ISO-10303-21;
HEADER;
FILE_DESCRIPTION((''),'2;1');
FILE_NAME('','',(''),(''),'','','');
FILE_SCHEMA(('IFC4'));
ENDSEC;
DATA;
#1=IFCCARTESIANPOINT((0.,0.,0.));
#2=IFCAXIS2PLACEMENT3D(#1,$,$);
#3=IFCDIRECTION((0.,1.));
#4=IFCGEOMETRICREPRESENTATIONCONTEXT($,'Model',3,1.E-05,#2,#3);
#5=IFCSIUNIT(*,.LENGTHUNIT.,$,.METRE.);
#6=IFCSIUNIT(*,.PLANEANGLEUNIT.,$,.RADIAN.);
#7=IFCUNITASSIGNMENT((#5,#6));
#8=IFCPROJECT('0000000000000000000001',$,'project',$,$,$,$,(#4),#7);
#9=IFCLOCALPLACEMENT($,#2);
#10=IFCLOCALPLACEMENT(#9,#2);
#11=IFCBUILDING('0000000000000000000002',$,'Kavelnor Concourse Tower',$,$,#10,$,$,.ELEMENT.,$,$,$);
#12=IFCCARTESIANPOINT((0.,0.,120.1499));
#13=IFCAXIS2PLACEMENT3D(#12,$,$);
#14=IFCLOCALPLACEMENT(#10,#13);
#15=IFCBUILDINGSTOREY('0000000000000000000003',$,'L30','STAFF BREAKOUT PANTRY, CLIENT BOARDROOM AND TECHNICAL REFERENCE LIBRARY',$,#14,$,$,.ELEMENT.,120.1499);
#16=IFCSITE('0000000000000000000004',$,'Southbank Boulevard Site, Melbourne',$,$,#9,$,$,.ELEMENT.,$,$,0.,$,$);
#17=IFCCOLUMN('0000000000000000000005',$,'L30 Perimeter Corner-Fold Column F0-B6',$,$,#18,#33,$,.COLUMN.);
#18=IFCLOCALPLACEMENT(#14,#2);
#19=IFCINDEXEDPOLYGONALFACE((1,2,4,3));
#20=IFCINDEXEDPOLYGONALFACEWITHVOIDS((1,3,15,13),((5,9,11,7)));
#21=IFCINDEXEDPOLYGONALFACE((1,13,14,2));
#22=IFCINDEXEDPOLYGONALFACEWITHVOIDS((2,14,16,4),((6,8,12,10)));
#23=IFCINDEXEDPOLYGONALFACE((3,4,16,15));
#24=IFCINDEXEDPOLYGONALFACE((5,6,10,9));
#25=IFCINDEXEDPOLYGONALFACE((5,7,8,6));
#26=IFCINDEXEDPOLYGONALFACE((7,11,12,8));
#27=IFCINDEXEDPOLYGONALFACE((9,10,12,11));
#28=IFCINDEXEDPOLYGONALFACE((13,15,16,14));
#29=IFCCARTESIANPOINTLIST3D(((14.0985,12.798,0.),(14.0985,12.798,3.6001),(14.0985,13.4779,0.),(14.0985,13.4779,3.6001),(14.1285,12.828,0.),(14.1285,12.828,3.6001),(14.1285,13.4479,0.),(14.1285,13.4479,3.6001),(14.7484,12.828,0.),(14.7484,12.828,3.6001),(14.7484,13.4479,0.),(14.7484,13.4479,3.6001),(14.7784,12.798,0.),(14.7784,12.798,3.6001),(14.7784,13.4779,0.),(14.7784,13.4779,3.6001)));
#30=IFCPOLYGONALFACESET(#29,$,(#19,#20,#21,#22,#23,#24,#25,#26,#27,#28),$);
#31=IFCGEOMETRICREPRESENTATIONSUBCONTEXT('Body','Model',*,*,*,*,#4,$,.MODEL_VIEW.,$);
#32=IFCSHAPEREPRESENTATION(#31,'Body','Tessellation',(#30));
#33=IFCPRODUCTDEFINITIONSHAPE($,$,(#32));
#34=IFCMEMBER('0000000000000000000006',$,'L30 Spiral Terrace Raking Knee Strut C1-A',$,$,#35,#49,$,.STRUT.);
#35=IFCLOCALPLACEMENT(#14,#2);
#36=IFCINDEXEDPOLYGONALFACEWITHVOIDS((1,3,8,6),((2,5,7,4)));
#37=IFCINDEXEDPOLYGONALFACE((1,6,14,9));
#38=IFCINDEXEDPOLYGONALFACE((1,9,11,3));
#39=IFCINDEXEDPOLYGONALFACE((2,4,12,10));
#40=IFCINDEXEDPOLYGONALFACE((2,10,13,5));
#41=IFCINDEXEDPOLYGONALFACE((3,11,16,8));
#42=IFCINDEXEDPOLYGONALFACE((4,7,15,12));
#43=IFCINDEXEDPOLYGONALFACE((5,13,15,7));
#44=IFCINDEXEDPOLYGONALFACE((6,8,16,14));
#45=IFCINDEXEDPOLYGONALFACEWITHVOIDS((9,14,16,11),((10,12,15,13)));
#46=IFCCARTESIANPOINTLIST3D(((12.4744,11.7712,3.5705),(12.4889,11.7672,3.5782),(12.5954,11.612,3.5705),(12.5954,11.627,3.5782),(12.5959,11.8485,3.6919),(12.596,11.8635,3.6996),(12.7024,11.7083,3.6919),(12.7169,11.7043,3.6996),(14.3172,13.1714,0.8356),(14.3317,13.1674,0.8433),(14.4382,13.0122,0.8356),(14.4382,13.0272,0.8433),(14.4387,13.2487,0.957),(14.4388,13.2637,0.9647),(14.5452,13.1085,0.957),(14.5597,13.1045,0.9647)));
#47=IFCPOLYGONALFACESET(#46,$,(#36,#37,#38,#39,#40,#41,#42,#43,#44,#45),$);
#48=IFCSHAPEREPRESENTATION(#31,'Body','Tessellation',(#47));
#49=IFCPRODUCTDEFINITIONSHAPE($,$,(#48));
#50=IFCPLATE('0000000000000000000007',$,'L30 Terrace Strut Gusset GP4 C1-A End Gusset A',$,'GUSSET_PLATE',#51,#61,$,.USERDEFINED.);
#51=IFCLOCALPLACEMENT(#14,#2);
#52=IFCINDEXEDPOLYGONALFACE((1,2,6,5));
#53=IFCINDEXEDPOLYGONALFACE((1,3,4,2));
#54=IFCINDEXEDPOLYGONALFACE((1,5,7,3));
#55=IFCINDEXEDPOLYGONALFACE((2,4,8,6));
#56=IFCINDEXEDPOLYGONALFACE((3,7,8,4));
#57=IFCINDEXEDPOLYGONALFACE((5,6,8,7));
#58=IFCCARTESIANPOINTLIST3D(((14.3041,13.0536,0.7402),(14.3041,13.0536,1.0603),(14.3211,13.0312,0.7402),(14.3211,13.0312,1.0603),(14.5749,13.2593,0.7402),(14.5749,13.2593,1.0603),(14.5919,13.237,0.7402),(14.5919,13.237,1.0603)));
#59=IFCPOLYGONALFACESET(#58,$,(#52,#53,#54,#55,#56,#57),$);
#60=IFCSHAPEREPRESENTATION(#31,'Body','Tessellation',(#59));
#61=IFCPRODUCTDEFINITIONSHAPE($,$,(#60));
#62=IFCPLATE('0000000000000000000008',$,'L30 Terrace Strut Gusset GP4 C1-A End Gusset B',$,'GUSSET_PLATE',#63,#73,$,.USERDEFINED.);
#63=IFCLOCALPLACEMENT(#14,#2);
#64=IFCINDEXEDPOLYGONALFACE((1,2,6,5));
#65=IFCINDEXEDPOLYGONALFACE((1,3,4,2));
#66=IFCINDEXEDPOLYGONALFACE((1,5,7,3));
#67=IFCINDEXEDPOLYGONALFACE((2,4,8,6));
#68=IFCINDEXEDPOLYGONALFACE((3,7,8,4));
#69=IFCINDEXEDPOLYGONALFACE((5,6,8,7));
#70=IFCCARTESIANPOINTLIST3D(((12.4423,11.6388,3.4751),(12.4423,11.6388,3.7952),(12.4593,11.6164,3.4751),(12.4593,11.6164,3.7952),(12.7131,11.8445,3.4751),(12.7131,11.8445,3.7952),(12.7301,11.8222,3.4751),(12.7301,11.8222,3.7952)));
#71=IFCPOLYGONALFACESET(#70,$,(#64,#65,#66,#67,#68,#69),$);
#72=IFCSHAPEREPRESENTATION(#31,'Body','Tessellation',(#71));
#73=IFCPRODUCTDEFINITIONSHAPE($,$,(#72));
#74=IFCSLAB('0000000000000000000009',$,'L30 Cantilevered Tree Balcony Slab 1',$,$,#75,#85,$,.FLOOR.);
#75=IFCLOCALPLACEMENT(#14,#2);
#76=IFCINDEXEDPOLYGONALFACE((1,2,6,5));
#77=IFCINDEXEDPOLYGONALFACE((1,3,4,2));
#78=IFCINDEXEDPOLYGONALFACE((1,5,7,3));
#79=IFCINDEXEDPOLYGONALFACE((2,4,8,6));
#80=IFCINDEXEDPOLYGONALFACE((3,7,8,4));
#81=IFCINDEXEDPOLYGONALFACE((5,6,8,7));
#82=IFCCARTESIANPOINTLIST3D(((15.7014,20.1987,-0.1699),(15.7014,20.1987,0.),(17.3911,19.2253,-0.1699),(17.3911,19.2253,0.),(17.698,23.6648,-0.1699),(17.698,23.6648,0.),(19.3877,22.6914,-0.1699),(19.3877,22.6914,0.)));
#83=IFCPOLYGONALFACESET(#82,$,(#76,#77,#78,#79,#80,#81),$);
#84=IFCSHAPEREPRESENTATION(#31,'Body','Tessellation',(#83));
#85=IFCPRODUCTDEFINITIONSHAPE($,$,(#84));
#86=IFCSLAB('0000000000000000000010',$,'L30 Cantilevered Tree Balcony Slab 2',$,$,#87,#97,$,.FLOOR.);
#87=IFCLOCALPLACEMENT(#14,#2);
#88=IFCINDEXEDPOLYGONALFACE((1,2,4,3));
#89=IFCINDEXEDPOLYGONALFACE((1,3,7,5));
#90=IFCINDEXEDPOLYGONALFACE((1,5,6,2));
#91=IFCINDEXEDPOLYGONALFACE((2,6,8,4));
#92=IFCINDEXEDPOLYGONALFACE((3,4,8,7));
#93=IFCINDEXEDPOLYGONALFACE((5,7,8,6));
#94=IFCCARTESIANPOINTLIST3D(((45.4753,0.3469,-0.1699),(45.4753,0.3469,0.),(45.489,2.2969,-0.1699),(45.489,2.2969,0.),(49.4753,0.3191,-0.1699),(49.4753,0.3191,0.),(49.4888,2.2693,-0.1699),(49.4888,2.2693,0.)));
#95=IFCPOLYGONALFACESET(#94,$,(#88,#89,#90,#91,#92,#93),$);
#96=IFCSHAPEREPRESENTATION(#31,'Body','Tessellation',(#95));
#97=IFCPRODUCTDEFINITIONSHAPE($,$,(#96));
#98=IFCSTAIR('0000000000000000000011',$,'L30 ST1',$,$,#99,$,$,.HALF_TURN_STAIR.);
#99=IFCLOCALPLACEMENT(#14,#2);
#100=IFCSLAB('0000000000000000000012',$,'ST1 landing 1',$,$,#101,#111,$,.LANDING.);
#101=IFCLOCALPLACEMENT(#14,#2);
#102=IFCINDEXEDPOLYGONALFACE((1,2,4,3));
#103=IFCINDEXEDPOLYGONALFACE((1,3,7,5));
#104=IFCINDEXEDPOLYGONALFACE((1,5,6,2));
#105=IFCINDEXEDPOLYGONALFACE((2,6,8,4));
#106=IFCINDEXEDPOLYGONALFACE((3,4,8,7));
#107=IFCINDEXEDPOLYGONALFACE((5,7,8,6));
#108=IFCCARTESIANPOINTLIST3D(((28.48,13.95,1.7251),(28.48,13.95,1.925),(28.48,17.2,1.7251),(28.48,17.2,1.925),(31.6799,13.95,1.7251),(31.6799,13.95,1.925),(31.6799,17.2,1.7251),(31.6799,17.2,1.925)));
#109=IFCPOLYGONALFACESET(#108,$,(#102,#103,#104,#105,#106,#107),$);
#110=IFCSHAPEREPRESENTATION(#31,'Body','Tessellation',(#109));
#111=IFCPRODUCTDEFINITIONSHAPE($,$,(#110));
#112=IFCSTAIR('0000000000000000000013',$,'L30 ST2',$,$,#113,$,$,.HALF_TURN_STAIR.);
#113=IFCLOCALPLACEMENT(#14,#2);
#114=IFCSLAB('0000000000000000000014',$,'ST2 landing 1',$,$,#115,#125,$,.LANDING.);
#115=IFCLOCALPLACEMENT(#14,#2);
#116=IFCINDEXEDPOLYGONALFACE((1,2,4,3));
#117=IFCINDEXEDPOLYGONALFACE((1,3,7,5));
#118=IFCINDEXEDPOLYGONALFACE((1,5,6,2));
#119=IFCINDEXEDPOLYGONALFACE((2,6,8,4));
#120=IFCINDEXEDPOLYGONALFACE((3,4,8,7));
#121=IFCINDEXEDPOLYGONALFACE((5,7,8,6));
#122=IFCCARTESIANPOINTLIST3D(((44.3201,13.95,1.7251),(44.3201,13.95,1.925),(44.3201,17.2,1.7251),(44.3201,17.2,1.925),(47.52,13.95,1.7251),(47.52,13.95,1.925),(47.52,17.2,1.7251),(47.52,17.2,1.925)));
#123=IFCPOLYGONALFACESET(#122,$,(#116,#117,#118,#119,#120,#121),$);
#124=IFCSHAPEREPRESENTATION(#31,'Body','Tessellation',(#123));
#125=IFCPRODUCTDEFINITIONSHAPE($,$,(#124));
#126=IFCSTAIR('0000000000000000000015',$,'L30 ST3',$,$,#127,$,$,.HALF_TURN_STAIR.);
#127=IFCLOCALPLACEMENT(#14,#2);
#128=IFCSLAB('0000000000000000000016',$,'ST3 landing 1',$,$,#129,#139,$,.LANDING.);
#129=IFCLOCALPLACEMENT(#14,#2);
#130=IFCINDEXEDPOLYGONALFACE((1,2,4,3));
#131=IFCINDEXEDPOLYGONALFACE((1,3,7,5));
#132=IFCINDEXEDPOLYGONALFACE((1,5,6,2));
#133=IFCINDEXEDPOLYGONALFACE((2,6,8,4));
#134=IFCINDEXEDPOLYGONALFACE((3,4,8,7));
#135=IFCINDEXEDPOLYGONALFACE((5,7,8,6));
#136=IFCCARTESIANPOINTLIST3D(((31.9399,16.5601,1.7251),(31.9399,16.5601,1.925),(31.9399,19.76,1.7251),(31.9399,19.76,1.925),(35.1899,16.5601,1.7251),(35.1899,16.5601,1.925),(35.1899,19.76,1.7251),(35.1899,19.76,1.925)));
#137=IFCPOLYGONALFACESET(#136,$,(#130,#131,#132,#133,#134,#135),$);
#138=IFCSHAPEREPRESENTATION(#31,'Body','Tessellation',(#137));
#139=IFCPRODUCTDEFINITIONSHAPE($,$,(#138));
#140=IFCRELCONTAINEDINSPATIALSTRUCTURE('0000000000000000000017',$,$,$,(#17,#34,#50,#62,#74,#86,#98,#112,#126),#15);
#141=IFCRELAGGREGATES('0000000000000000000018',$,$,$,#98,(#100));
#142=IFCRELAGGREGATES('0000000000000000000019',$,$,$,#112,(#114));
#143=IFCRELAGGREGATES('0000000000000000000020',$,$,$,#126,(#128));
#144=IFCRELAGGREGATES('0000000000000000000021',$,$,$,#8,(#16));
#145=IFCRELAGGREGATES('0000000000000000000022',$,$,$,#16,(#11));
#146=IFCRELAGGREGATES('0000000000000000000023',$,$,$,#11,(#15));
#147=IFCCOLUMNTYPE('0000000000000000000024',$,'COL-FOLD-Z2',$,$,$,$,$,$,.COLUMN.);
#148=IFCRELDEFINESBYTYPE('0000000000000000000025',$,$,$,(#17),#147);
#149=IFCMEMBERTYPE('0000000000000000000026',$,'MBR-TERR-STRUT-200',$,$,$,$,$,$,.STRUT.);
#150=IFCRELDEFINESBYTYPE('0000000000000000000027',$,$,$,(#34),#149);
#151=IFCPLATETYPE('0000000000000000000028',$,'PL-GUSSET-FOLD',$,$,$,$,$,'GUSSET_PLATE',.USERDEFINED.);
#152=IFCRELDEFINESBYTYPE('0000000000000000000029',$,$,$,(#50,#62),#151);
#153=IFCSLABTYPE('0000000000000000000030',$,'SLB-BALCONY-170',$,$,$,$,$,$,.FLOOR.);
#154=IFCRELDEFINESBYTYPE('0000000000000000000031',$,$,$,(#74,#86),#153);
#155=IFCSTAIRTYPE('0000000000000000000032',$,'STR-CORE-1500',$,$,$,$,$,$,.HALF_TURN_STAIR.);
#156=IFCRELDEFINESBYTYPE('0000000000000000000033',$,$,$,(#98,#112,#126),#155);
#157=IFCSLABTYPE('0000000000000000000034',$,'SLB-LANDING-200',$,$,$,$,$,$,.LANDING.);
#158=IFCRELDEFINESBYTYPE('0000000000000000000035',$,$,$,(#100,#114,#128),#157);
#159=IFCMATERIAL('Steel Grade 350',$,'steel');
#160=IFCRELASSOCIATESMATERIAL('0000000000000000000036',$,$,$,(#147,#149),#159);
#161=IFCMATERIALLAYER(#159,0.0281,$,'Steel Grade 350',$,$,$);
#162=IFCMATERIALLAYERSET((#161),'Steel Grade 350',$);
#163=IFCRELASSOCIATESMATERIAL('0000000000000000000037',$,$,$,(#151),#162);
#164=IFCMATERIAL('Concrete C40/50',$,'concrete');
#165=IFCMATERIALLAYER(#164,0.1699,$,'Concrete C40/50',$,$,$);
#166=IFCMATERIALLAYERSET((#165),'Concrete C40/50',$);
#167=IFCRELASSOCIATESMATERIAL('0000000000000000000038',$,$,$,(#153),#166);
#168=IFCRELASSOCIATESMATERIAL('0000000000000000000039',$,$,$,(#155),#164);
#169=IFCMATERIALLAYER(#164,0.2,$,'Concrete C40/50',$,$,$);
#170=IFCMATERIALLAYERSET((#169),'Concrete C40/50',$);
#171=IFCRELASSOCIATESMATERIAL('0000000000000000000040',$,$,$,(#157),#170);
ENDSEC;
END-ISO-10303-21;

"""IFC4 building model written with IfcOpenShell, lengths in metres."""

from ifc_helpers import new_model, si_unit, direction, frame, origin, origin_2d, place, context, subcontext, project, spatial, polyline, rectangle, hollow_rectangle, outline, extrude, material, layer, layer_set, material_profile, profile_set, type_object, element, aggregate, save


model = new_model("IFC4")

# Units and contexts
model_context = context("Model", 3, precision=1e-05, world=origin(), true_north=direction((0.0, 1.0)))
body_context = subcontext(model_context, "Body", "Model", "MODEL_VIEW")
ifc_project = project(units=[si_unit("LENGTHUNIT", "METRE"), si_unit("PLANEANGLEUNIT", "RADIAN")], contexts=[model_context])

# Site, building, storey
site_placement = place(None, origin())
site = spatial("IfcSite", under=ifc_project, at=site_placement, Name="Southbank Boulevard Site, Melbourne", CompositionType="ELEMENT", RefElevation=0.0)
building_placement = place(site_placement, origin())
building = spatial("IfcBuilding", under=site, at=building_placement, Name="Kavelnor Concourse Tower", CompositionType="ELEMENT")
storey_placement = place(building_placement, frame((0.0, 0.0, 120.1499)))
storey = spatial("IfcBuildingStorey", under=building, at=storey_placement, Name="L30", Description="STAFF BREAKOUT PANTRY, CLIENT BOARDROOM AND TECHNICAL REFERENCE LIBRARY", CompositionType="ELEMENT", Elevation=120.1499)

# Column
ifc_material_1 = material(Name="Steel Grade 350", Category="steel")
ifc_material_profile_1 = material_profile(ifc_material_1, hollow_rectangle(XDim=0.6799, YDim=0.6799, WallThickness=0.03, at=origin_2d()), Name="SHS 680x680x30")
ifc_profile_set_1 = profile_set([ifc_material_profile_1], Name="Steel Grade 350")
column_type = type_object("IfcColumnType", Name="COL-FOLD-Z2", PredefinedType="COLUMN", material=ifc_profile_set_1)
column_placement = place(storey_placement, frame((14.4385, 13.1379, 0.0), z_axis=(0.0, 0.0, 1.0), x_axis=(1.0, 0.0, 0.0)))
element("IfcColumn", 1, at=column_placement, inside=storey, type_object=column_type, Name="L30 Perimeter Corner-Fold Column F0-B6", PredefinedType="COLUMN", context=body_context, shape_type="SweptSolid", body=[
    extrude(hollow_rectangle(XDim=0.6799, YDim=0.6799, WallThickness=0.03, at=origin_2d()), origin(), (0.0, 0.0, 1.0), 3.6001),
])

# Member
ifc_material_profile_2 = material_profile(ifc_material_1, hollow_rectangle(XDim=0.2, YDim=0.2, WallThickness=0.012, at=origin_2d()), Name="SHS 200x200x12")
ifc_profile_set_2 = profile_set([ifc_material_profile_2], Name="Steel Grade 350")
member_type = type_object("IfcMemberType", Name="MBR-TERR-STRUT-200", PredefinedType="STRUT", material=ifc_profile_set_2)
member_placement = place(storey_placement, frame((14.4385, 13.1379, 0.9001), z_axis=(-0.514354, -0.390808, 0.763354), x_axis=(0.604984, -0.796237, 0.0)))
element("IfcMember", 2, at=member_placement, inside=storey, type_object=member_type, Name="L30 Spiral Terrace Raking Knee Strut C1-A", PredefinedType="STRUT", context=body_context, shape_type="SweptSolid", body=[
    extrude(hollow_rectangle(XDim=0.2, YDim=0.2, WallThickness=0.012, at=origin_2d()), origin(), (0.0, 0.0, 1.0), 3.5828),
])

# Plates
ifc_layer_1 = layer(ifc_material_1, 0.0281, Name="Steel Grade 350")
ifc_layer_set_1 = layer_set([ifc_layer_1], Name="Steel Grade 350")
plate_type = type_object("IfcPlateType", Name="PL-GUSSET-FOLD", ElementType="GUSSET_PLATE", PredefinedType="USERDEFINED", material=ifc_layer_set_1)
for number, where, z_axis, x_axis, name in (
    (3, (14.448, 13.1453, 0.7402), (0.0, 0.0, 1.0), (-0.796213, -0.605016, 0.0), "L30 Terrace Strut Gusset GP4 C1-A End Gusset A"),
    (4, (12.5862, 11.7305, 3.4751), (0.0, 0.0, 1.0), (-0.796213, -0.605016, 0.0), "L30 Terrace Strut Gusset GP4 C1-A End Gusset B"),
):
    element("IfcPlate", number, at=place(storey_placement, frame(where, z_axis=z_axis, x_axis=x_axis)), inside=storey, type_object=plate_type, Name=name, ObjectType="GUSSET_PLATE", PredefinedType="USERDEFINED", context=body_context, shape_type="SweptSolid", body=[
        extrude(rectangle(XDim=0.3401, YDim=0.0281, at=origin_2d()), origin(), (0.0, 0.0, 1.0), 0.3201),
    ])

# Slabs
ifc_material_2 = material(Name="Concrete C40/50", Category="concrete")
ifc_layer_2 = layer(ifc_material_2, 0.1699, Name="Concrete C40/50")
ifc_layer_set_2 = layer_set([ifc_layer_2], Name="Concrete C40/50")
slab_type_1 = type_object("IfcSlabType", Name="SLB-BALCONY-170", PredefinedType="FLOOR", material=ifc_layer_set_2)
slab_1_placement = place(storey_placement, frame((0.0, 0.0, -0.1699)))
element("IfcSlab", 5, at=slab_1_placement, inside=storey, type_object=slab_type_1, Name="L30 Cantilevered Tree Balcony Slab 1", PredefinedType="FLOOR", context=body_context, shape_type="SweptSolid", body=[
    extrude(outline(polyline([(15.7014, 20.1987), (17.698, 23.6648), (19.3877, 22.6914), (17.3911, 19.2253), (15.7014, 20.1987)])), origin(), (0.0, 0.0, 1.0), 0.1699),
])
slab_2_placement = place(storey_placement, frame((0.0, 0.0, -0.1699)))
element("IfcSlab", 6, at=slab_2_placement, inside=storey, type_object=slab_type_1, Name="L30 Cantilevered Tree Balcony Slab 2", PredefinedType="FLOOR", context=body_context, shape_type="SweptSolid", body=[
    extrude(outline(polyline([(49.4753, 0.3191), (45.4753, 0.3469), (45.489, 2.2969), (49.4888, 2.2693), (49.4753, 0.3191)])), origin(), (0.0, 0.0, 1.0), 0.1699),
])

# Stairs, slabs
stair_type = type_object("IfcStairType", Name="STR-CORE-1500", PredefinedType="HALF_TURN_STAIR", material=ifc_material_2)
stair_1_placement = place(storey_placement, origin())
stair_1 = element("IfcStair", 7, at=stair_1_placement, inside=storey, type_object=stair_type, Name="L30 ST1", PredefinedType="HALF_TURN_STAIR")
ifc_layer_3 = layer(ifc_material_2, 0.2, Name="Concrete C40/50")
ifc_layer_set_3 = layer_set([ifc_layer_3], Name="Concrete C40/50")
slab_type_2 = type_object("IfcSlabType", Name="SLB-LANDING-200", PredefinedType="LANDING", material=ifc_layer_set_3)
slab_3_placement = place(storey_placement, frame((0.0, 0.0, 1.7251)))
slab_3 = element("IfcSlab", 8, at=slab_3_placement, type_object=slab_type_2, Name="ST1 landing 1", PredefinedType="LANDING", context=body_context, shape_type="SweptSolid", body=[
    extrude(outline(polyline([(31.6799, 13.95), (31.6799, 17.2), (28.48, 17.2), (28.48, 13.95), (31.6799, 13.95)])), origin(), (0.0, 0.0, 1.0), 0.2),
])
aggregate(stair_1, [slab_3])
stair_2_placement = place(storey_placement, origin())
stair_2 = element("IfcStair", 9, at=stair_2_placement, inside=storey, type_object=stair_type, Name="L30 ST2", PredefinedType="HALF_TURN_STAIR")
slab_4_placement = place(storey_placement, frame((0.0, 0.0, 1.7251)))
slab_4 = element("IfcSlab", 10, at=slab_4_placement, type_object=slab_type_2, Name="ST2 landing 1", PredefinedType="LANDING", context=body_context, shape_type="SweptSolid", body=[
    extrude(outline(polyline([(47.52, 13.95), (47.52, 17.2), (44.3201, 17.2), (44.3201, 13.95), (47.52, 13.95)])), origin(), (0.0, 0.0, 1.0), 0.2),
])
aggregate(stair_2, [slab_4])
stair_3_placement = place(storey_placement, origin())
stair_3 = element("IfcStair", 11, at=stair_3_placement, inside=storey, type_object=stair_type, Name="L30 ST3", PredefinedType="HALF_TURN_STAIR")
slab_5_placement = place(storey_placement, frame((0.0, 0.0, 1.7251)))
slab_5 = element("IfcSlab", 12, at=slab_5_placement, type_object=slab_type_2, Name="ST3 landing 1", PredefinedType="LANDING", context=body_context, shape_type="SweptSolid", body=[
    extrude(outline(polyline([(35.1899, 19.76), (31.9399, 19.76), (31.9399, 16.5601), (35.1899, 16.5601), (35.1899, 19.76)])), origin(), (0.0, 0.0, 1.0), 0.2),
])
aggregate(stair_3, [slab_5])

save(model, "model.ifc")
